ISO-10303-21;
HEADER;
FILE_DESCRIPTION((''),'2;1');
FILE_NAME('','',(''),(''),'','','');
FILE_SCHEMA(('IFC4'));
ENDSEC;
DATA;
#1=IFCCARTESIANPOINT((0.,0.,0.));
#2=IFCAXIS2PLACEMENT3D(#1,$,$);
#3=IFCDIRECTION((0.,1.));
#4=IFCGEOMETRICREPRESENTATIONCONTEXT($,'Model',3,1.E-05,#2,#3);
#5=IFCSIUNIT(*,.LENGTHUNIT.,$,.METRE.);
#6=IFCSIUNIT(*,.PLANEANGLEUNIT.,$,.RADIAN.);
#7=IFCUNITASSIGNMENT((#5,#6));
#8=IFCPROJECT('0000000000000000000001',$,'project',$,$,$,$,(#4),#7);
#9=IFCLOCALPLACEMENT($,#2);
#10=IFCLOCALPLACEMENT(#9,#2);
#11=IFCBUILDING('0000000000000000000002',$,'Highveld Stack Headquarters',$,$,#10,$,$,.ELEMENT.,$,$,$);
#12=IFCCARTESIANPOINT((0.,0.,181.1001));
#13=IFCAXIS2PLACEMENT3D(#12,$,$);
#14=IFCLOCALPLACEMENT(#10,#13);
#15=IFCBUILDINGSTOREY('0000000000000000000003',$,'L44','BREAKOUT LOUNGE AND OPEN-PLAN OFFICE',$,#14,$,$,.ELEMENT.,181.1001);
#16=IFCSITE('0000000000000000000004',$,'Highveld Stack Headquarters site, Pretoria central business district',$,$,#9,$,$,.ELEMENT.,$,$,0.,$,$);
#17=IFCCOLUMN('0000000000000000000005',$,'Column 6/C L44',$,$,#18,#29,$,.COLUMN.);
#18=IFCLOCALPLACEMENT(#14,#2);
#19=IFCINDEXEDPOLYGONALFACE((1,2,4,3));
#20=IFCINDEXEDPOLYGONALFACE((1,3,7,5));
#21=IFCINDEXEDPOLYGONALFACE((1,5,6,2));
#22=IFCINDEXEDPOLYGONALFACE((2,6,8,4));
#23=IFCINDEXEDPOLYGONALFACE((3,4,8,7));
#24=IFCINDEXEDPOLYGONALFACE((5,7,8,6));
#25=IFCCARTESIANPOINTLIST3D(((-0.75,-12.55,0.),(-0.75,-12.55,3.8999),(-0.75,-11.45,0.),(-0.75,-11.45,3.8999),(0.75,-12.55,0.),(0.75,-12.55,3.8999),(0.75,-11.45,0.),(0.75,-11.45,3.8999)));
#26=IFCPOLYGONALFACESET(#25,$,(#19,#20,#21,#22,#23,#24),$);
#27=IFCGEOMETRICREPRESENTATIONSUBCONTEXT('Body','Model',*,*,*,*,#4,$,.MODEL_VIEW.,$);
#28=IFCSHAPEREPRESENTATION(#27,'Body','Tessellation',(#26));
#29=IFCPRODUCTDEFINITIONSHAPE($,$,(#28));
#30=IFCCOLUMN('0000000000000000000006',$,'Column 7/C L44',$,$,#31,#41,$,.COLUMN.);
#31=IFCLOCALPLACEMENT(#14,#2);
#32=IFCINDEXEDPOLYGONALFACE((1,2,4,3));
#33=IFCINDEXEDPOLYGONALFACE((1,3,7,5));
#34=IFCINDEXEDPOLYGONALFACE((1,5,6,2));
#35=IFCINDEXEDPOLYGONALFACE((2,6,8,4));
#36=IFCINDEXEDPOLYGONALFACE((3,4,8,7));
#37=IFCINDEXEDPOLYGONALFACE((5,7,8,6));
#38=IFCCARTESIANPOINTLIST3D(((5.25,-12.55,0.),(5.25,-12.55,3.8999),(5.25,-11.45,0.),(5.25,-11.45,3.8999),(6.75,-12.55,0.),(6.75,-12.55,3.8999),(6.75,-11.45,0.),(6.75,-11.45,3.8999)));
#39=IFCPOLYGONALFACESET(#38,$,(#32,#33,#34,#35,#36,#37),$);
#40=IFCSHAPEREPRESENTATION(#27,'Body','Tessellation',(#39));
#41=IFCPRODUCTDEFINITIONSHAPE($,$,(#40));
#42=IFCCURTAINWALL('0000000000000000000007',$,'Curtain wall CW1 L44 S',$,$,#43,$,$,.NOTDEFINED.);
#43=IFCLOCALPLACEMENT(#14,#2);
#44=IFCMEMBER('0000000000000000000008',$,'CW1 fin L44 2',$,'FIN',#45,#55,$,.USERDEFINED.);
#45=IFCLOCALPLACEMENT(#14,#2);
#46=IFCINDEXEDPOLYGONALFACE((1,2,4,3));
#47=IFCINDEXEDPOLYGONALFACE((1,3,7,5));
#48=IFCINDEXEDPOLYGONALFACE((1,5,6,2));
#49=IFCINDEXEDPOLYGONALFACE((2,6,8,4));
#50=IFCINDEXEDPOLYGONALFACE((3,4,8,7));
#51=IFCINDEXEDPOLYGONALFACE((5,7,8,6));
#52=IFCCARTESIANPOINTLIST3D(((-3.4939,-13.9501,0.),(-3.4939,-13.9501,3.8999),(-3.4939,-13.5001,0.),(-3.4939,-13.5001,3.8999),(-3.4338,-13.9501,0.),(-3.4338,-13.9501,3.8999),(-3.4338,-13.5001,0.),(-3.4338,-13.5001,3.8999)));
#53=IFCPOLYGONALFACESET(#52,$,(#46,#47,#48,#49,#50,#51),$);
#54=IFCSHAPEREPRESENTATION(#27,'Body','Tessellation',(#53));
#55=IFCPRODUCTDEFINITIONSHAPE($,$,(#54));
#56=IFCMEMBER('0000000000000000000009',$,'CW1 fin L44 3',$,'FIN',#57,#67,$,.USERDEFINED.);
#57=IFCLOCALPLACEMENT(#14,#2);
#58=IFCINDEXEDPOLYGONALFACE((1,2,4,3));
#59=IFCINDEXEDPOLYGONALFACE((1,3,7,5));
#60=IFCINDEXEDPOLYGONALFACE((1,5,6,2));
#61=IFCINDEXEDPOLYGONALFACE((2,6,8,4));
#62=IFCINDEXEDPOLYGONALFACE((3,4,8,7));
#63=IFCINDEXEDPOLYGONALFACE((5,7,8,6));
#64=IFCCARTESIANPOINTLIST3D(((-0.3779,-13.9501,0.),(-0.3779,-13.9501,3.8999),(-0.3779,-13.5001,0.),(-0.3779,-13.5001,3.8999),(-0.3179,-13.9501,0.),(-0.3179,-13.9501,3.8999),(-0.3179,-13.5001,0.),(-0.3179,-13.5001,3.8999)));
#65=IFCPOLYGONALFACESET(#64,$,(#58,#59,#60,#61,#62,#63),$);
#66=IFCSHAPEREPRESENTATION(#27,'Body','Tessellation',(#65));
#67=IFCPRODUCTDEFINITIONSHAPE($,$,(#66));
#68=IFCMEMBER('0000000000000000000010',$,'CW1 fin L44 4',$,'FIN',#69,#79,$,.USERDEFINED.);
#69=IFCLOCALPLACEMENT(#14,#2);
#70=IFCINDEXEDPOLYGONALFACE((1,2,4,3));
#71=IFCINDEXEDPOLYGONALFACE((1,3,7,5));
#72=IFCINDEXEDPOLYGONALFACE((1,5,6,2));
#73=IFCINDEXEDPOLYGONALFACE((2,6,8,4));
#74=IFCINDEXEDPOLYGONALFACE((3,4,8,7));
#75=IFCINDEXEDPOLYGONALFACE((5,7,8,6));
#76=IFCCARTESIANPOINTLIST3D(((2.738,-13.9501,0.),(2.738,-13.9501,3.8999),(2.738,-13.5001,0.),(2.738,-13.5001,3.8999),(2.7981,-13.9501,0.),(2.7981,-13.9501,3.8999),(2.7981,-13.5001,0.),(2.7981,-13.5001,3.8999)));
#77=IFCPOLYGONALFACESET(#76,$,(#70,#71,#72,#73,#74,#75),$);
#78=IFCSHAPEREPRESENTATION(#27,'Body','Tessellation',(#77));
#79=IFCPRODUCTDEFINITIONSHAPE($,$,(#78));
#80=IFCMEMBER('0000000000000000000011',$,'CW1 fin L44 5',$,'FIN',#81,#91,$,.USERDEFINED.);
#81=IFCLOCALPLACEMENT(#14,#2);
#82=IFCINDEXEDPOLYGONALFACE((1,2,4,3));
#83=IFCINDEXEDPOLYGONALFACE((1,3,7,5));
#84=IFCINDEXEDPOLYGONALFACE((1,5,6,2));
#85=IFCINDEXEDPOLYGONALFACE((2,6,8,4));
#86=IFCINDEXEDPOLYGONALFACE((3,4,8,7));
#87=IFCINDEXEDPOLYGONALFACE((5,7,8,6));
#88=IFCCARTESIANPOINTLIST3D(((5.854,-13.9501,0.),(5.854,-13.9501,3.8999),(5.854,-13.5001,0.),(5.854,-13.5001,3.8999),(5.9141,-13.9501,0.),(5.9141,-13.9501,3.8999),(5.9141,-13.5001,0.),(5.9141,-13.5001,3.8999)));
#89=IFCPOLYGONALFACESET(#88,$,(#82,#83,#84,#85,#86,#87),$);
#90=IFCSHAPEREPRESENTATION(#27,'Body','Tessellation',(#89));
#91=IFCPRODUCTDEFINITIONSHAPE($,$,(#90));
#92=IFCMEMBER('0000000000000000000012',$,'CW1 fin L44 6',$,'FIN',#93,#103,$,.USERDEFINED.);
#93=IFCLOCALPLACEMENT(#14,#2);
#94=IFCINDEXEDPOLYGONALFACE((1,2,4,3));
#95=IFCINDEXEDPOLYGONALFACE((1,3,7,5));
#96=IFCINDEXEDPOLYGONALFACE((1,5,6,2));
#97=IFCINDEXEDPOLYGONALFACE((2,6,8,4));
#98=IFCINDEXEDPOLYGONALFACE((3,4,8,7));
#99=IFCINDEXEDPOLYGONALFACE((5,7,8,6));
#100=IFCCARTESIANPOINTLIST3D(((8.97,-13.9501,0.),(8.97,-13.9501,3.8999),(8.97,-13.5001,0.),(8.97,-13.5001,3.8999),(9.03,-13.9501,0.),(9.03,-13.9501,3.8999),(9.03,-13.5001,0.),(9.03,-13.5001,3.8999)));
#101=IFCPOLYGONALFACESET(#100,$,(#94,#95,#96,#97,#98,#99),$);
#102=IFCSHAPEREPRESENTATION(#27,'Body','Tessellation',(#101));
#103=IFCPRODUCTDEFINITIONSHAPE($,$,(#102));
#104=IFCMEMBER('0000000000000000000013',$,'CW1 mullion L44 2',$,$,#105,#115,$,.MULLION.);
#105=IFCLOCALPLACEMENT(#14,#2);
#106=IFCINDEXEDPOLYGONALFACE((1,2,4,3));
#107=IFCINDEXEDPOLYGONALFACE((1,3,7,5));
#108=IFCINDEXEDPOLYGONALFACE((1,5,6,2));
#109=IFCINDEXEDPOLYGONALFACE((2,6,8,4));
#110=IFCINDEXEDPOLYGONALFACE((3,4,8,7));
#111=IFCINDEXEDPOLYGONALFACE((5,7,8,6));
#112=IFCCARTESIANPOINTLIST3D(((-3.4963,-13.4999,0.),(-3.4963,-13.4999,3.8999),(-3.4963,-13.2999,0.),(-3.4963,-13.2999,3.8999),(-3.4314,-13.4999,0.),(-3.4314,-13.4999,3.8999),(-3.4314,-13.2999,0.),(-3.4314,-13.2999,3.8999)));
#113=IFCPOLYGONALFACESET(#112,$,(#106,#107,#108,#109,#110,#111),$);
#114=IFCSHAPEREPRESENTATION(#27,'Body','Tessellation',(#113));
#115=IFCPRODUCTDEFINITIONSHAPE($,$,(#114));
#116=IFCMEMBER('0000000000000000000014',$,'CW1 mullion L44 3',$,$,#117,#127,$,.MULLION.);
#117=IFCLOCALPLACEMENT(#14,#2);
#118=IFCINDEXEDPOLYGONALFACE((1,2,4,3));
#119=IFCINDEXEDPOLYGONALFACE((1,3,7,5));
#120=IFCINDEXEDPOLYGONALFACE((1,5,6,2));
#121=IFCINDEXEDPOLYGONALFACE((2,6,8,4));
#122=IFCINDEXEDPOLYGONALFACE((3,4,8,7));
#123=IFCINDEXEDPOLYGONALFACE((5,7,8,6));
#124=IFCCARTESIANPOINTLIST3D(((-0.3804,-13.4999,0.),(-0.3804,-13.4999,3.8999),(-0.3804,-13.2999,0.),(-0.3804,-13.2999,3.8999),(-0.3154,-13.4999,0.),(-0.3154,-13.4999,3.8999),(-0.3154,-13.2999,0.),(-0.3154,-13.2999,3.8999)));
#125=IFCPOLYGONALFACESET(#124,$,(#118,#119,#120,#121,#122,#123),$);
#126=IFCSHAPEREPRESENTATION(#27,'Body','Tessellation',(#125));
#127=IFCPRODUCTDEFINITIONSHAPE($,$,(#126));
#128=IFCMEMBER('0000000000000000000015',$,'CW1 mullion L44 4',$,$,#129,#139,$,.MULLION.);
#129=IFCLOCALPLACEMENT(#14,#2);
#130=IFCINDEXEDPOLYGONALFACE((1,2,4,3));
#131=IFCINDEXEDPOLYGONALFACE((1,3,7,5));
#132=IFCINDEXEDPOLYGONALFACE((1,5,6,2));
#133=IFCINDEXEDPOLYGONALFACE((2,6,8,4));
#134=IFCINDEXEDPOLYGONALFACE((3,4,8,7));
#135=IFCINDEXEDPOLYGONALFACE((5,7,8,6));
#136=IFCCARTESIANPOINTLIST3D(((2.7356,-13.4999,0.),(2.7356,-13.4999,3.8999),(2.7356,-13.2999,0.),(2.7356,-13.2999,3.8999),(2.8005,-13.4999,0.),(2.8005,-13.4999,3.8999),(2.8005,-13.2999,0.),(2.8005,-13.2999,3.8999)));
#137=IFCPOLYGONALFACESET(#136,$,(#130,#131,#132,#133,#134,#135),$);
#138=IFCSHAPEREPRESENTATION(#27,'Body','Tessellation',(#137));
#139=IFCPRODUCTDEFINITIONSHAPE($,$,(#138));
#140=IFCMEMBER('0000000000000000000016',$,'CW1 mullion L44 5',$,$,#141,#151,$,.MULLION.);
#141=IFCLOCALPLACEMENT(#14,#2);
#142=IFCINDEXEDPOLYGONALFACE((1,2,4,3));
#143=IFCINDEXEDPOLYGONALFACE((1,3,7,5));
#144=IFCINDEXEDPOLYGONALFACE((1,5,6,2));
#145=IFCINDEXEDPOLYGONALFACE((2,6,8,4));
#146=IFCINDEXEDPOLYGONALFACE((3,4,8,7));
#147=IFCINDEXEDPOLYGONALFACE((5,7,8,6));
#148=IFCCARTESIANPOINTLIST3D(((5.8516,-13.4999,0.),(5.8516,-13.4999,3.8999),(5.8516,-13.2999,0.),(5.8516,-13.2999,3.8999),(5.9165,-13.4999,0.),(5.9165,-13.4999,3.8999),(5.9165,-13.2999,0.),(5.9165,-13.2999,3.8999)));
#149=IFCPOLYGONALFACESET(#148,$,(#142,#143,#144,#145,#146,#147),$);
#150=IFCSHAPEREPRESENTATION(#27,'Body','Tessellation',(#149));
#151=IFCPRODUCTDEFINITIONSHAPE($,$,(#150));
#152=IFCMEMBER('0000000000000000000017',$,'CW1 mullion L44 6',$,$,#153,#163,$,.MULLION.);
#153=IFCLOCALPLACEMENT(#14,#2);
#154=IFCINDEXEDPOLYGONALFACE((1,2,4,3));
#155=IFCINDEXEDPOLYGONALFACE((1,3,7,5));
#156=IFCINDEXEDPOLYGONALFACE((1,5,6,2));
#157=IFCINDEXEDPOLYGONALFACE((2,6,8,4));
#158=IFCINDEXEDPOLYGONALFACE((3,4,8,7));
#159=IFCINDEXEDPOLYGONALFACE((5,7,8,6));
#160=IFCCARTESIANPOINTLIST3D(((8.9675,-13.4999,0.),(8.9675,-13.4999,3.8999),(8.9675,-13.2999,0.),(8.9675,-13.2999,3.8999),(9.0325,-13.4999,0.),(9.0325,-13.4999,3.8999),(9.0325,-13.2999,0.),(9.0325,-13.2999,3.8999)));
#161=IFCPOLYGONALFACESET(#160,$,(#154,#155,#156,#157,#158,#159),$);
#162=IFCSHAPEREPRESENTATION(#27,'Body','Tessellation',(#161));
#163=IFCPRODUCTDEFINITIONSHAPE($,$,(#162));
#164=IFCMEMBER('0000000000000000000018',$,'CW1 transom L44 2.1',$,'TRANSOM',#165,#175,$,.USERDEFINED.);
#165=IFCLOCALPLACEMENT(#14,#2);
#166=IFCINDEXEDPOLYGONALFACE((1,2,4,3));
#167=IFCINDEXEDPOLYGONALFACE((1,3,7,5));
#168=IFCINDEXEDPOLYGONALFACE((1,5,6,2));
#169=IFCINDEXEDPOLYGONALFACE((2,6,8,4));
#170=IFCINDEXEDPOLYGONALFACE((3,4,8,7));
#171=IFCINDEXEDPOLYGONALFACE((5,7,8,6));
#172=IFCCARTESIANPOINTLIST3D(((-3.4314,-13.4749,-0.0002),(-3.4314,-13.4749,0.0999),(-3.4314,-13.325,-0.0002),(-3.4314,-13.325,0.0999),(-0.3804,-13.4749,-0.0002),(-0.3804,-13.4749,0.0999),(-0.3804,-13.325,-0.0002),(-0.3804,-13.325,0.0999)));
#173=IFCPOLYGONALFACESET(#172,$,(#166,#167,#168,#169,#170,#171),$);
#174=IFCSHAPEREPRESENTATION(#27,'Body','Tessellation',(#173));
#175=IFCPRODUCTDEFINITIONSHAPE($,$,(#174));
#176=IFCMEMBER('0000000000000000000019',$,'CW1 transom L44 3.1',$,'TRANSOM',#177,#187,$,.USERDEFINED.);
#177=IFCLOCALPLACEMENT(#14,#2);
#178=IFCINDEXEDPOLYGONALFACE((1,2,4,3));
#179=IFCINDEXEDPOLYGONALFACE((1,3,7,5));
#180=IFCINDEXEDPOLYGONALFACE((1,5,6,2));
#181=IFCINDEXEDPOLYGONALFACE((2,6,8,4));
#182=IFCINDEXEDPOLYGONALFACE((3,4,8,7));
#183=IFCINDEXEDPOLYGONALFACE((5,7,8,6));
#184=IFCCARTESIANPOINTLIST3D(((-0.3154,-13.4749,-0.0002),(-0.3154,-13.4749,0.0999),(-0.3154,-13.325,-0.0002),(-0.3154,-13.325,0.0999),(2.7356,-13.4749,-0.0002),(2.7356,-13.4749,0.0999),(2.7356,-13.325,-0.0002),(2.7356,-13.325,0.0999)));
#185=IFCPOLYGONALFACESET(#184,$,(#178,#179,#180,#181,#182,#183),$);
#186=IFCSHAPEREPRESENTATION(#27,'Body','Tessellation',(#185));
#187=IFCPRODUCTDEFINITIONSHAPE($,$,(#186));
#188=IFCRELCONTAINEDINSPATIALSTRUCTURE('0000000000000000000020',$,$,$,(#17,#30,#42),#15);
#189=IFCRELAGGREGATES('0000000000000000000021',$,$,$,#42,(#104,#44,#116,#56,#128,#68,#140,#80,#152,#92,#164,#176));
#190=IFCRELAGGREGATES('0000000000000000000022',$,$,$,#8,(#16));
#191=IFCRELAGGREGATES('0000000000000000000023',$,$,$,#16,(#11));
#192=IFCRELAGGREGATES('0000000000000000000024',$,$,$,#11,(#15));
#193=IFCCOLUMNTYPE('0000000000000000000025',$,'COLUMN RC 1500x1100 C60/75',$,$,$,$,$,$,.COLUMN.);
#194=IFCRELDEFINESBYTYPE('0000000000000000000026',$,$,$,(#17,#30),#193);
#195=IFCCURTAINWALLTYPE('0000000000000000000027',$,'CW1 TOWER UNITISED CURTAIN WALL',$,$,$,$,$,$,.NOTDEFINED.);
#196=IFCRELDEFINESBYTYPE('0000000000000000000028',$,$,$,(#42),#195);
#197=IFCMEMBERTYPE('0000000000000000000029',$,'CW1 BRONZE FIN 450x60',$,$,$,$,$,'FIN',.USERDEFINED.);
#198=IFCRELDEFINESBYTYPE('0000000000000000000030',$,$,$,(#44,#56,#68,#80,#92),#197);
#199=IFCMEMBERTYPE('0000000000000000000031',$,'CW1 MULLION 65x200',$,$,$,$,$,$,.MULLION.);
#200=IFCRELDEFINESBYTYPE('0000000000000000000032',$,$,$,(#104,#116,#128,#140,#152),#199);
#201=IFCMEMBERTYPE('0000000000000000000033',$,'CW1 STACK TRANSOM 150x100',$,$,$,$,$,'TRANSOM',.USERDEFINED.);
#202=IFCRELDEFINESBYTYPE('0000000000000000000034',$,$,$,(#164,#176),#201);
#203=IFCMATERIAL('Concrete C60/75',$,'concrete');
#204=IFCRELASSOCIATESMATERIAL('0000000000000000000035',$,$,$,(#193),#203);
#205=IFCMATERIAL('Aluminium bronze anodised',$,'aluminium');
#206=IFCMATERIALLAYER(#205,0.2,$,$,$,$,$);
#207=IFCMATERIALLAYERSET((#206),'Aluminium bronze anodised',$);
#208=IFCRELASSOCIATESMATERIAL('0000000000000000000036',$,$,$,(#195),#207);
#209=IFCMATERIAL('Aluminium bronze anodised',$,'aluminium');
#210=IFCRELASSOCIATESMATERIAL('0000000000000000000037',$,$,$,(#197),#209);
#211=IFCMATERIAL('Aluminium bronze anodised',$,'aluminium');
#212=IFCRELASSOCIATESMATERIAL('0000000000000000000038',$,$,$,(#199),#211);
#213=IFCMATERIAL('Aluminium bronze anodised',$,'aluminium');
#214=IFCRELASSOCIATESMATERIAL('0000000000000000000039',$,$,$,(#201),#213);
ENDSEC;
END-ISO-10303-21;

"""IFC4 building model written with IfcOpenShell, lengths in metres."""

from ifc_helpers import new_model, si_unit, direction, frame, origin, origin_2d, place, context, subcontext, project, spatial, rectangle, extrude, material, layer, layer_set, material_profile, profile_set, type_object, element, aggregate, save


model = new_model("IFC4")

# Units and contexts
model_context = context("Model", 3, precision=1e-05, world=origin(), true_north=direction((0.0, 1.0)))
body_context = subcontext(model_context, "Body", "Model", "MODEL_VIEW")
ifc_project = project(units=[si_unit("LENGTHUNIT", "METRE"), si_unit("PLANEANGLEUNIT", "RADIAN")], contexts=[model_context])

# Site, building, storey
site_placement = place(None, origin())
site = spatial("IfcSite", under=ifc_project, at=site_placement, Name="Highveld Stack Headquarters site, Pretoria central business district", CompositionType="ELEMENT", RefElevation=0.0)
building_placement = place(site_placement, origin())
building = spatial("IfcBuilding", under=site, at=building_placement, Name="Highveld Stack Headquarters", CompositionType="ELEMENT")
storey_placement = place(building_placement, frame((0.0, 0.0, 181.1001)))
storey = spatial("IfcBuildingStorey", under=building, at=storey_placement, Name="L44", Description="BREAKOUT LOUNGE AND OPEN-PLAN OFFICE", CompositionType="ELEMENT", Elevation=181.1001)

# Columns
ifc_material_1 = material(Name="Concrete C60/75", Category="concrete")
ifc_material_profile_1 = material_profile(ifc_material_1, rectangle(XDim=1.5, YDim=1.1001, at=origin_2d()), Name="RC 1500x1100")
ifc_profile_set_1 = profile_set([ifc_material_profile_1], Name="Concrete C60/75")
column_type = type_object("IfcColumnType", Name="COLUMN RC 1500x1100 C60/75", PredefinedType="COLUMN", material=ifc_profile_set_1)
for number, where, z_axis, x_axis, name in (
    (1, (0.0, -12.0, 0.0), (0.0, 0.0, 1.0), (1.0, 0.0, 0.0), "Column 6/C L44"),
    (2, (6.0, -12.0, 0.0), (0.0, 0.0, 1.0), (1.0, 0.0, 0.0), "Column 7/C L44"),
):
    element("IfcColumn", number, at=place(storey_placement, frame(where, z_axis=z_axis, x_axis=x_axis)), inside=storey, type_object=column_type, Name=name, PredefinedType="COLUMN", context=body_context, shape_type="SweptSolid", body=[
        extrude(rectangle(XDim=1.5, YDim=1.1001, at=origin_2d()), origin(), (0.0, 0.0, 1.0), 3.8999),
    ])

# Curtain wall, members
ifc_material_2 = material(Name="Aluminium bronze anodised", Category="aluminium")
ifc_layer_1 = layer(ifc_material_2, 0.2)
ifc_layer_set_1 = layer_set([ifc_layer_1], Name="Aluminium bronze anodised")
curtain_wall_type = type_object("IfcCurtainWallType", Name="CW1 TOWER UNITISED CURTAIN WALL", PredefinedType="NOTDEFINED", material=ifc_layer_set_1)
curtain_wall_placement = place(storey_placement, origin())
curtain_wall = element("IfcCurtainWall", 3, at=curtain_wall_placement, inside=storey, type_object=curtain_wall_type, Name="Curtain wall CW1 L44 S", PredefinedType="NOTDEFINED")
ifc_material_3 = material(Name="Aluminium bronze anodised", Category="aluminium")
ifc_material_profile_2 = material_profile(ifc_material_3, rectangle(XDim=0.45, YDim=0.0601, at=origin_2d()), Name="FIN 450x60")
ifc_profile_set_2 = profile_set([ifc_material_profile_2], Name="Aluminium bronze anodised")
member_type_1 = type_object("IfcMemberType", Name="CW1 BRONZE FIN 450x60", ElementType="FIN", PredefinedType="USERDEFINED", material=ifc_profile_set_2)
member_1_placement = place(storey_placement, frame((-3.4639, -13.7251, 0.0), z_axis=(0.0, 0.0, 1.0), x_axis=(0.0, 1.0, 0.0)))
member_1 = element("IfcMember", 4, at=member_1_placement, type_object=member_type_1, Name="CW1 fin L44 2", ObjectType="FIN", PredefinedType="USERDEFINED", context=body_context, shape_type="SweptSolid", body=[
    extrude(rectangle(XDim=0.45, YDim=0.0601, at=origin_2d()), origin(), (0.0, 0.0, 1.0), 3.8999),
])
member_2_placement = place(storey_placement, frame((-0.3479, -13.7251, 0.0), z_axis=(0.0, 0.0, 1.0), x_axis=(0.0, 1.0, 0.0)))
member_2 = element("IfcMember", 5, at=member_2_placement, type_object=member_type_1, Name="CW1 fin L44 3", ObjectType="FIN", PredefinedType="USERDEFINED", context=body_context, shape_type="SweptSolid", body=[
    extrude(rectangle(XDim=0.45, YDim=0.0601, at=origin_2d()), origin(), (0.0, 0.0, 1.0), 3.8999),
])
member_3_placement = place(storey_placement, frame((2.7681, -13.7251, 0.0), z_axis=(0.0, 0.0, 1.0), x_axis=(0.0, 1.0, 0.0)))
member_3 = element("IfcMember", 6, at=member_3_placement, type_object=member_type_1, Name="CW1 fin L44 4", ObjectType="FIN", PredefinedType="USERDEFINED", context=body_context, shape_type="SweptSolid", body=[
    extrude(rectangle(XDim=0.45, YDim=0.0601, at=origin_2d()), origin(), (0.0, 0.0, 1.0), 3.8999),
])
member_4_placement = place(storey_placement, frame((5.884, -13.7251, 0.0), z_axis=(0.0, 0.0, 1.0), x_axis=(0.0, 1.0, 0.0)))
member_4 = element("IfcMember", 7, at=member_4_placement, type_object=member_type_1, Name="CW1 fin L44 5", ObjectType="FIN", PredefinedType="USERDEFINED", context=body_context, shape_type="SweptSolid", body=[
    extrude(rectangle(XDim=0.45, YDim=0.0601, at=origin_2d()), origin(), (0.0, 0.0, 1.0), 3.8999),
])
member_5_placement = place(storey_placement, frame((9.0, -13.7251, 0.0), z_axis=(0.0, 0.0, 1.0), x_axis=(0.0, 1.0, 0.0)))
member_5 = element("IfcMember", 8, at=member_5_placement, type_object=member_type_1, Name="CW1 fin L44 6", ObjectType="FIN", PredefinedType="USERDEFINED", context=body_context, shape_type="SweptSolid", body=[
    extrude(rectangle(XDim=0.45, YDim=0.0601, at=origin_2d()), origin(), (0.0, 0.0, 1.0), 3.8999),
])
ifc_material_4 = material(Name="Aluminium bronze anodised", Category="aluminium")
ifc_material_profile_3 = material_profile(ifc_material_4, rectangle(XDim=0.2, YDim=0.0649, at=origin_2d()), Name="CW1 MULLION 65x200")
ifc_profile_set_3 = profile_set([ifc_material_profile_3], Name="Aluminium bronze anodised")
member_type_2 = type_object("IfcMemberType", Name="CW1 MULLION 65x200", PredefinedType="MULLION", material=ifc_profile_set_3)
member_6_placement = place(storey_placement, frame((-3.4639, -13.3999, 0.0), z_axis=(0.0, 0.0, 1.0), x_axis=(0.0, 1.0, 0.0)))
member_6 = element("IfcMember", 9, at=member_6_placement, type_object=member_type_2, Name="CW1 mullion L44 2", PredefinedType="MULLION", context=body_context, shape_type="SweptSolid", body=[
    extrude(rectangle(XDim=0.2, YDim=0.0649, at=origin_2d()), origin(), (0.0, 0.0, 1.0), 3.8999),
])
member_7_placement = place(storey_placement, frame((-0.3479, -13.3999, 0.0), z_axis=(0.0, 0.0, 1.0), x_axis=(0.0, 1.0, 0.0)))
member_7 = element("IfcMember", 10, at=member_7_placement, type_object=member_type_2, Name="CW1 mullion L44 3", PredefinedType="MULLION", context=body_context, shape_type="SweptSolid", body=[
    extrude(rectangle(XDim=0.2, YDim=0.0649, at=origin_2d()), origin(), (0.0, 0.0, 1.0), 3.8999),
])
member_8_placement = place(storey_placement, frame((2.7681, -13.3999, 0.0), z_axis=(0.0, 0.0, 1.0), x_axis=(0.0, 1.0, 0.0)))
member_8 = element("IfcMember", 11, at=member_8_placement, type_object=member_type_2, Name="CW1 mullion L44 4", PredefinedType="MULLION", context=body_context, shape_type="SweptSolid", body=[
    extrude(rectangle(XDim=0.2, YDim=0.0649, at=origin_2d()), origin(), (0.0, 0.0, 1.0), 3.8999),
])
member_9_placement = place(storey_placement, frame((5.884, -13.3999, 0.0), z_axis=(0.0, 0.0, 1.0), x_axis=(0.0, 1.0, 0.0)))
member_9 = element("IfcMember", 12, at=member_9_placement, type_object=member_type_2, Name="CW1 mullion L44 5", PredefinedType="MULLION", context=body_context, shape_type="SweptSolid", body=[
    extrude(rectangle(XDim=0.2, YDim=0.0649, at=origin_2d()), origin(), (0.0, 0.0, 1.0), 3.8999),
])
member_10_placement = place(storey_placement, frame((9.0, -13.3999, 0.0), z_axis=(0.0, 0.0, 1.0), x_axis=(0.0, 1.0, 0.0)))
member_10 = element("IfcMember", 13, at=member_10_placement, type_object=member_type_2, Name="CW1 mullion L44 6", PredefinedType="MULLION", context=body_context, shape_type="SweptSolid", body=[
    extrude(rectangle(XDim=0.2, YDim=0.0649, at=origin_2d()), origin(), (0.0, 0.0, 1.0), 3.8999),
])
ifc_material_5 = material(Name="Aluminium bronze anodised", Category="aluminium")
ifc_material_profile_4 = material_profile(ifc_material_5, rectangle(XDim=0.1499, YDim=0.1001, at=origin_2d()), Name="CW1 TRANSOM 150x100")
ifc_profile_set_4 = profile_set([ifc_material_profile_4], Name="Aluminium bronze anodised")
member_type_3 = type_object("IfcMemberType", Name="CW1 STACK TRANSOM 150x100", ElementType="TRANSOM", PredefinedType="USERDEFINED", material=ifc_profile_set_4)
member_11_placement = place(storey_placement, frame((-3.4314, -13.3999, 0.0498), z_axis=(1.0, 0.0, 0.0), x_axis=(0.0, 1.0, 0.0)))
member_11 = element("IfcMember", 14, at=member_11_placement, type_object=member_type_3, Name="CW1 transom L44 2.1", ObjectType="TRANSOM", PredefinedType="USERDEFINED", context=body_context, shape_type="SweptSolid", body=[
    extrude(rectangle(XDim=0.1499, YDim=0.1001, at=origin_2d()), origin(), (0.0, 0.0, 1.0), 3.051),
])
member_12_placement = place(storey_placement, frame((-0.3154, -13.3999, 0.0498), z_axis=(1.0, 0.0, 0.0), x_axis=(0.0, 1.0, 0.0)))
member_12 = element("IfcMember", 15, at=member_12_placement, type_object=member_type_3, Name="CW1 transom L44 3.1", ObjectType="TRANSOM", PredefinedType="USERDEFINED", context=body_context, shape_type="SweptSolid", body=[
    extrude(rectangle(XDim=0.1499, YDim=0.1001, at=origin_2d()), origin(), (0.0, 0.0, 1.0), 3.051),
])
aggregate(curtain_wall, [member_6, member_1, member_7, member_2, member_8, member_3, member_9, member_4, member_10, member_5, member_11, member_12])

save(model, "model.ifc")
